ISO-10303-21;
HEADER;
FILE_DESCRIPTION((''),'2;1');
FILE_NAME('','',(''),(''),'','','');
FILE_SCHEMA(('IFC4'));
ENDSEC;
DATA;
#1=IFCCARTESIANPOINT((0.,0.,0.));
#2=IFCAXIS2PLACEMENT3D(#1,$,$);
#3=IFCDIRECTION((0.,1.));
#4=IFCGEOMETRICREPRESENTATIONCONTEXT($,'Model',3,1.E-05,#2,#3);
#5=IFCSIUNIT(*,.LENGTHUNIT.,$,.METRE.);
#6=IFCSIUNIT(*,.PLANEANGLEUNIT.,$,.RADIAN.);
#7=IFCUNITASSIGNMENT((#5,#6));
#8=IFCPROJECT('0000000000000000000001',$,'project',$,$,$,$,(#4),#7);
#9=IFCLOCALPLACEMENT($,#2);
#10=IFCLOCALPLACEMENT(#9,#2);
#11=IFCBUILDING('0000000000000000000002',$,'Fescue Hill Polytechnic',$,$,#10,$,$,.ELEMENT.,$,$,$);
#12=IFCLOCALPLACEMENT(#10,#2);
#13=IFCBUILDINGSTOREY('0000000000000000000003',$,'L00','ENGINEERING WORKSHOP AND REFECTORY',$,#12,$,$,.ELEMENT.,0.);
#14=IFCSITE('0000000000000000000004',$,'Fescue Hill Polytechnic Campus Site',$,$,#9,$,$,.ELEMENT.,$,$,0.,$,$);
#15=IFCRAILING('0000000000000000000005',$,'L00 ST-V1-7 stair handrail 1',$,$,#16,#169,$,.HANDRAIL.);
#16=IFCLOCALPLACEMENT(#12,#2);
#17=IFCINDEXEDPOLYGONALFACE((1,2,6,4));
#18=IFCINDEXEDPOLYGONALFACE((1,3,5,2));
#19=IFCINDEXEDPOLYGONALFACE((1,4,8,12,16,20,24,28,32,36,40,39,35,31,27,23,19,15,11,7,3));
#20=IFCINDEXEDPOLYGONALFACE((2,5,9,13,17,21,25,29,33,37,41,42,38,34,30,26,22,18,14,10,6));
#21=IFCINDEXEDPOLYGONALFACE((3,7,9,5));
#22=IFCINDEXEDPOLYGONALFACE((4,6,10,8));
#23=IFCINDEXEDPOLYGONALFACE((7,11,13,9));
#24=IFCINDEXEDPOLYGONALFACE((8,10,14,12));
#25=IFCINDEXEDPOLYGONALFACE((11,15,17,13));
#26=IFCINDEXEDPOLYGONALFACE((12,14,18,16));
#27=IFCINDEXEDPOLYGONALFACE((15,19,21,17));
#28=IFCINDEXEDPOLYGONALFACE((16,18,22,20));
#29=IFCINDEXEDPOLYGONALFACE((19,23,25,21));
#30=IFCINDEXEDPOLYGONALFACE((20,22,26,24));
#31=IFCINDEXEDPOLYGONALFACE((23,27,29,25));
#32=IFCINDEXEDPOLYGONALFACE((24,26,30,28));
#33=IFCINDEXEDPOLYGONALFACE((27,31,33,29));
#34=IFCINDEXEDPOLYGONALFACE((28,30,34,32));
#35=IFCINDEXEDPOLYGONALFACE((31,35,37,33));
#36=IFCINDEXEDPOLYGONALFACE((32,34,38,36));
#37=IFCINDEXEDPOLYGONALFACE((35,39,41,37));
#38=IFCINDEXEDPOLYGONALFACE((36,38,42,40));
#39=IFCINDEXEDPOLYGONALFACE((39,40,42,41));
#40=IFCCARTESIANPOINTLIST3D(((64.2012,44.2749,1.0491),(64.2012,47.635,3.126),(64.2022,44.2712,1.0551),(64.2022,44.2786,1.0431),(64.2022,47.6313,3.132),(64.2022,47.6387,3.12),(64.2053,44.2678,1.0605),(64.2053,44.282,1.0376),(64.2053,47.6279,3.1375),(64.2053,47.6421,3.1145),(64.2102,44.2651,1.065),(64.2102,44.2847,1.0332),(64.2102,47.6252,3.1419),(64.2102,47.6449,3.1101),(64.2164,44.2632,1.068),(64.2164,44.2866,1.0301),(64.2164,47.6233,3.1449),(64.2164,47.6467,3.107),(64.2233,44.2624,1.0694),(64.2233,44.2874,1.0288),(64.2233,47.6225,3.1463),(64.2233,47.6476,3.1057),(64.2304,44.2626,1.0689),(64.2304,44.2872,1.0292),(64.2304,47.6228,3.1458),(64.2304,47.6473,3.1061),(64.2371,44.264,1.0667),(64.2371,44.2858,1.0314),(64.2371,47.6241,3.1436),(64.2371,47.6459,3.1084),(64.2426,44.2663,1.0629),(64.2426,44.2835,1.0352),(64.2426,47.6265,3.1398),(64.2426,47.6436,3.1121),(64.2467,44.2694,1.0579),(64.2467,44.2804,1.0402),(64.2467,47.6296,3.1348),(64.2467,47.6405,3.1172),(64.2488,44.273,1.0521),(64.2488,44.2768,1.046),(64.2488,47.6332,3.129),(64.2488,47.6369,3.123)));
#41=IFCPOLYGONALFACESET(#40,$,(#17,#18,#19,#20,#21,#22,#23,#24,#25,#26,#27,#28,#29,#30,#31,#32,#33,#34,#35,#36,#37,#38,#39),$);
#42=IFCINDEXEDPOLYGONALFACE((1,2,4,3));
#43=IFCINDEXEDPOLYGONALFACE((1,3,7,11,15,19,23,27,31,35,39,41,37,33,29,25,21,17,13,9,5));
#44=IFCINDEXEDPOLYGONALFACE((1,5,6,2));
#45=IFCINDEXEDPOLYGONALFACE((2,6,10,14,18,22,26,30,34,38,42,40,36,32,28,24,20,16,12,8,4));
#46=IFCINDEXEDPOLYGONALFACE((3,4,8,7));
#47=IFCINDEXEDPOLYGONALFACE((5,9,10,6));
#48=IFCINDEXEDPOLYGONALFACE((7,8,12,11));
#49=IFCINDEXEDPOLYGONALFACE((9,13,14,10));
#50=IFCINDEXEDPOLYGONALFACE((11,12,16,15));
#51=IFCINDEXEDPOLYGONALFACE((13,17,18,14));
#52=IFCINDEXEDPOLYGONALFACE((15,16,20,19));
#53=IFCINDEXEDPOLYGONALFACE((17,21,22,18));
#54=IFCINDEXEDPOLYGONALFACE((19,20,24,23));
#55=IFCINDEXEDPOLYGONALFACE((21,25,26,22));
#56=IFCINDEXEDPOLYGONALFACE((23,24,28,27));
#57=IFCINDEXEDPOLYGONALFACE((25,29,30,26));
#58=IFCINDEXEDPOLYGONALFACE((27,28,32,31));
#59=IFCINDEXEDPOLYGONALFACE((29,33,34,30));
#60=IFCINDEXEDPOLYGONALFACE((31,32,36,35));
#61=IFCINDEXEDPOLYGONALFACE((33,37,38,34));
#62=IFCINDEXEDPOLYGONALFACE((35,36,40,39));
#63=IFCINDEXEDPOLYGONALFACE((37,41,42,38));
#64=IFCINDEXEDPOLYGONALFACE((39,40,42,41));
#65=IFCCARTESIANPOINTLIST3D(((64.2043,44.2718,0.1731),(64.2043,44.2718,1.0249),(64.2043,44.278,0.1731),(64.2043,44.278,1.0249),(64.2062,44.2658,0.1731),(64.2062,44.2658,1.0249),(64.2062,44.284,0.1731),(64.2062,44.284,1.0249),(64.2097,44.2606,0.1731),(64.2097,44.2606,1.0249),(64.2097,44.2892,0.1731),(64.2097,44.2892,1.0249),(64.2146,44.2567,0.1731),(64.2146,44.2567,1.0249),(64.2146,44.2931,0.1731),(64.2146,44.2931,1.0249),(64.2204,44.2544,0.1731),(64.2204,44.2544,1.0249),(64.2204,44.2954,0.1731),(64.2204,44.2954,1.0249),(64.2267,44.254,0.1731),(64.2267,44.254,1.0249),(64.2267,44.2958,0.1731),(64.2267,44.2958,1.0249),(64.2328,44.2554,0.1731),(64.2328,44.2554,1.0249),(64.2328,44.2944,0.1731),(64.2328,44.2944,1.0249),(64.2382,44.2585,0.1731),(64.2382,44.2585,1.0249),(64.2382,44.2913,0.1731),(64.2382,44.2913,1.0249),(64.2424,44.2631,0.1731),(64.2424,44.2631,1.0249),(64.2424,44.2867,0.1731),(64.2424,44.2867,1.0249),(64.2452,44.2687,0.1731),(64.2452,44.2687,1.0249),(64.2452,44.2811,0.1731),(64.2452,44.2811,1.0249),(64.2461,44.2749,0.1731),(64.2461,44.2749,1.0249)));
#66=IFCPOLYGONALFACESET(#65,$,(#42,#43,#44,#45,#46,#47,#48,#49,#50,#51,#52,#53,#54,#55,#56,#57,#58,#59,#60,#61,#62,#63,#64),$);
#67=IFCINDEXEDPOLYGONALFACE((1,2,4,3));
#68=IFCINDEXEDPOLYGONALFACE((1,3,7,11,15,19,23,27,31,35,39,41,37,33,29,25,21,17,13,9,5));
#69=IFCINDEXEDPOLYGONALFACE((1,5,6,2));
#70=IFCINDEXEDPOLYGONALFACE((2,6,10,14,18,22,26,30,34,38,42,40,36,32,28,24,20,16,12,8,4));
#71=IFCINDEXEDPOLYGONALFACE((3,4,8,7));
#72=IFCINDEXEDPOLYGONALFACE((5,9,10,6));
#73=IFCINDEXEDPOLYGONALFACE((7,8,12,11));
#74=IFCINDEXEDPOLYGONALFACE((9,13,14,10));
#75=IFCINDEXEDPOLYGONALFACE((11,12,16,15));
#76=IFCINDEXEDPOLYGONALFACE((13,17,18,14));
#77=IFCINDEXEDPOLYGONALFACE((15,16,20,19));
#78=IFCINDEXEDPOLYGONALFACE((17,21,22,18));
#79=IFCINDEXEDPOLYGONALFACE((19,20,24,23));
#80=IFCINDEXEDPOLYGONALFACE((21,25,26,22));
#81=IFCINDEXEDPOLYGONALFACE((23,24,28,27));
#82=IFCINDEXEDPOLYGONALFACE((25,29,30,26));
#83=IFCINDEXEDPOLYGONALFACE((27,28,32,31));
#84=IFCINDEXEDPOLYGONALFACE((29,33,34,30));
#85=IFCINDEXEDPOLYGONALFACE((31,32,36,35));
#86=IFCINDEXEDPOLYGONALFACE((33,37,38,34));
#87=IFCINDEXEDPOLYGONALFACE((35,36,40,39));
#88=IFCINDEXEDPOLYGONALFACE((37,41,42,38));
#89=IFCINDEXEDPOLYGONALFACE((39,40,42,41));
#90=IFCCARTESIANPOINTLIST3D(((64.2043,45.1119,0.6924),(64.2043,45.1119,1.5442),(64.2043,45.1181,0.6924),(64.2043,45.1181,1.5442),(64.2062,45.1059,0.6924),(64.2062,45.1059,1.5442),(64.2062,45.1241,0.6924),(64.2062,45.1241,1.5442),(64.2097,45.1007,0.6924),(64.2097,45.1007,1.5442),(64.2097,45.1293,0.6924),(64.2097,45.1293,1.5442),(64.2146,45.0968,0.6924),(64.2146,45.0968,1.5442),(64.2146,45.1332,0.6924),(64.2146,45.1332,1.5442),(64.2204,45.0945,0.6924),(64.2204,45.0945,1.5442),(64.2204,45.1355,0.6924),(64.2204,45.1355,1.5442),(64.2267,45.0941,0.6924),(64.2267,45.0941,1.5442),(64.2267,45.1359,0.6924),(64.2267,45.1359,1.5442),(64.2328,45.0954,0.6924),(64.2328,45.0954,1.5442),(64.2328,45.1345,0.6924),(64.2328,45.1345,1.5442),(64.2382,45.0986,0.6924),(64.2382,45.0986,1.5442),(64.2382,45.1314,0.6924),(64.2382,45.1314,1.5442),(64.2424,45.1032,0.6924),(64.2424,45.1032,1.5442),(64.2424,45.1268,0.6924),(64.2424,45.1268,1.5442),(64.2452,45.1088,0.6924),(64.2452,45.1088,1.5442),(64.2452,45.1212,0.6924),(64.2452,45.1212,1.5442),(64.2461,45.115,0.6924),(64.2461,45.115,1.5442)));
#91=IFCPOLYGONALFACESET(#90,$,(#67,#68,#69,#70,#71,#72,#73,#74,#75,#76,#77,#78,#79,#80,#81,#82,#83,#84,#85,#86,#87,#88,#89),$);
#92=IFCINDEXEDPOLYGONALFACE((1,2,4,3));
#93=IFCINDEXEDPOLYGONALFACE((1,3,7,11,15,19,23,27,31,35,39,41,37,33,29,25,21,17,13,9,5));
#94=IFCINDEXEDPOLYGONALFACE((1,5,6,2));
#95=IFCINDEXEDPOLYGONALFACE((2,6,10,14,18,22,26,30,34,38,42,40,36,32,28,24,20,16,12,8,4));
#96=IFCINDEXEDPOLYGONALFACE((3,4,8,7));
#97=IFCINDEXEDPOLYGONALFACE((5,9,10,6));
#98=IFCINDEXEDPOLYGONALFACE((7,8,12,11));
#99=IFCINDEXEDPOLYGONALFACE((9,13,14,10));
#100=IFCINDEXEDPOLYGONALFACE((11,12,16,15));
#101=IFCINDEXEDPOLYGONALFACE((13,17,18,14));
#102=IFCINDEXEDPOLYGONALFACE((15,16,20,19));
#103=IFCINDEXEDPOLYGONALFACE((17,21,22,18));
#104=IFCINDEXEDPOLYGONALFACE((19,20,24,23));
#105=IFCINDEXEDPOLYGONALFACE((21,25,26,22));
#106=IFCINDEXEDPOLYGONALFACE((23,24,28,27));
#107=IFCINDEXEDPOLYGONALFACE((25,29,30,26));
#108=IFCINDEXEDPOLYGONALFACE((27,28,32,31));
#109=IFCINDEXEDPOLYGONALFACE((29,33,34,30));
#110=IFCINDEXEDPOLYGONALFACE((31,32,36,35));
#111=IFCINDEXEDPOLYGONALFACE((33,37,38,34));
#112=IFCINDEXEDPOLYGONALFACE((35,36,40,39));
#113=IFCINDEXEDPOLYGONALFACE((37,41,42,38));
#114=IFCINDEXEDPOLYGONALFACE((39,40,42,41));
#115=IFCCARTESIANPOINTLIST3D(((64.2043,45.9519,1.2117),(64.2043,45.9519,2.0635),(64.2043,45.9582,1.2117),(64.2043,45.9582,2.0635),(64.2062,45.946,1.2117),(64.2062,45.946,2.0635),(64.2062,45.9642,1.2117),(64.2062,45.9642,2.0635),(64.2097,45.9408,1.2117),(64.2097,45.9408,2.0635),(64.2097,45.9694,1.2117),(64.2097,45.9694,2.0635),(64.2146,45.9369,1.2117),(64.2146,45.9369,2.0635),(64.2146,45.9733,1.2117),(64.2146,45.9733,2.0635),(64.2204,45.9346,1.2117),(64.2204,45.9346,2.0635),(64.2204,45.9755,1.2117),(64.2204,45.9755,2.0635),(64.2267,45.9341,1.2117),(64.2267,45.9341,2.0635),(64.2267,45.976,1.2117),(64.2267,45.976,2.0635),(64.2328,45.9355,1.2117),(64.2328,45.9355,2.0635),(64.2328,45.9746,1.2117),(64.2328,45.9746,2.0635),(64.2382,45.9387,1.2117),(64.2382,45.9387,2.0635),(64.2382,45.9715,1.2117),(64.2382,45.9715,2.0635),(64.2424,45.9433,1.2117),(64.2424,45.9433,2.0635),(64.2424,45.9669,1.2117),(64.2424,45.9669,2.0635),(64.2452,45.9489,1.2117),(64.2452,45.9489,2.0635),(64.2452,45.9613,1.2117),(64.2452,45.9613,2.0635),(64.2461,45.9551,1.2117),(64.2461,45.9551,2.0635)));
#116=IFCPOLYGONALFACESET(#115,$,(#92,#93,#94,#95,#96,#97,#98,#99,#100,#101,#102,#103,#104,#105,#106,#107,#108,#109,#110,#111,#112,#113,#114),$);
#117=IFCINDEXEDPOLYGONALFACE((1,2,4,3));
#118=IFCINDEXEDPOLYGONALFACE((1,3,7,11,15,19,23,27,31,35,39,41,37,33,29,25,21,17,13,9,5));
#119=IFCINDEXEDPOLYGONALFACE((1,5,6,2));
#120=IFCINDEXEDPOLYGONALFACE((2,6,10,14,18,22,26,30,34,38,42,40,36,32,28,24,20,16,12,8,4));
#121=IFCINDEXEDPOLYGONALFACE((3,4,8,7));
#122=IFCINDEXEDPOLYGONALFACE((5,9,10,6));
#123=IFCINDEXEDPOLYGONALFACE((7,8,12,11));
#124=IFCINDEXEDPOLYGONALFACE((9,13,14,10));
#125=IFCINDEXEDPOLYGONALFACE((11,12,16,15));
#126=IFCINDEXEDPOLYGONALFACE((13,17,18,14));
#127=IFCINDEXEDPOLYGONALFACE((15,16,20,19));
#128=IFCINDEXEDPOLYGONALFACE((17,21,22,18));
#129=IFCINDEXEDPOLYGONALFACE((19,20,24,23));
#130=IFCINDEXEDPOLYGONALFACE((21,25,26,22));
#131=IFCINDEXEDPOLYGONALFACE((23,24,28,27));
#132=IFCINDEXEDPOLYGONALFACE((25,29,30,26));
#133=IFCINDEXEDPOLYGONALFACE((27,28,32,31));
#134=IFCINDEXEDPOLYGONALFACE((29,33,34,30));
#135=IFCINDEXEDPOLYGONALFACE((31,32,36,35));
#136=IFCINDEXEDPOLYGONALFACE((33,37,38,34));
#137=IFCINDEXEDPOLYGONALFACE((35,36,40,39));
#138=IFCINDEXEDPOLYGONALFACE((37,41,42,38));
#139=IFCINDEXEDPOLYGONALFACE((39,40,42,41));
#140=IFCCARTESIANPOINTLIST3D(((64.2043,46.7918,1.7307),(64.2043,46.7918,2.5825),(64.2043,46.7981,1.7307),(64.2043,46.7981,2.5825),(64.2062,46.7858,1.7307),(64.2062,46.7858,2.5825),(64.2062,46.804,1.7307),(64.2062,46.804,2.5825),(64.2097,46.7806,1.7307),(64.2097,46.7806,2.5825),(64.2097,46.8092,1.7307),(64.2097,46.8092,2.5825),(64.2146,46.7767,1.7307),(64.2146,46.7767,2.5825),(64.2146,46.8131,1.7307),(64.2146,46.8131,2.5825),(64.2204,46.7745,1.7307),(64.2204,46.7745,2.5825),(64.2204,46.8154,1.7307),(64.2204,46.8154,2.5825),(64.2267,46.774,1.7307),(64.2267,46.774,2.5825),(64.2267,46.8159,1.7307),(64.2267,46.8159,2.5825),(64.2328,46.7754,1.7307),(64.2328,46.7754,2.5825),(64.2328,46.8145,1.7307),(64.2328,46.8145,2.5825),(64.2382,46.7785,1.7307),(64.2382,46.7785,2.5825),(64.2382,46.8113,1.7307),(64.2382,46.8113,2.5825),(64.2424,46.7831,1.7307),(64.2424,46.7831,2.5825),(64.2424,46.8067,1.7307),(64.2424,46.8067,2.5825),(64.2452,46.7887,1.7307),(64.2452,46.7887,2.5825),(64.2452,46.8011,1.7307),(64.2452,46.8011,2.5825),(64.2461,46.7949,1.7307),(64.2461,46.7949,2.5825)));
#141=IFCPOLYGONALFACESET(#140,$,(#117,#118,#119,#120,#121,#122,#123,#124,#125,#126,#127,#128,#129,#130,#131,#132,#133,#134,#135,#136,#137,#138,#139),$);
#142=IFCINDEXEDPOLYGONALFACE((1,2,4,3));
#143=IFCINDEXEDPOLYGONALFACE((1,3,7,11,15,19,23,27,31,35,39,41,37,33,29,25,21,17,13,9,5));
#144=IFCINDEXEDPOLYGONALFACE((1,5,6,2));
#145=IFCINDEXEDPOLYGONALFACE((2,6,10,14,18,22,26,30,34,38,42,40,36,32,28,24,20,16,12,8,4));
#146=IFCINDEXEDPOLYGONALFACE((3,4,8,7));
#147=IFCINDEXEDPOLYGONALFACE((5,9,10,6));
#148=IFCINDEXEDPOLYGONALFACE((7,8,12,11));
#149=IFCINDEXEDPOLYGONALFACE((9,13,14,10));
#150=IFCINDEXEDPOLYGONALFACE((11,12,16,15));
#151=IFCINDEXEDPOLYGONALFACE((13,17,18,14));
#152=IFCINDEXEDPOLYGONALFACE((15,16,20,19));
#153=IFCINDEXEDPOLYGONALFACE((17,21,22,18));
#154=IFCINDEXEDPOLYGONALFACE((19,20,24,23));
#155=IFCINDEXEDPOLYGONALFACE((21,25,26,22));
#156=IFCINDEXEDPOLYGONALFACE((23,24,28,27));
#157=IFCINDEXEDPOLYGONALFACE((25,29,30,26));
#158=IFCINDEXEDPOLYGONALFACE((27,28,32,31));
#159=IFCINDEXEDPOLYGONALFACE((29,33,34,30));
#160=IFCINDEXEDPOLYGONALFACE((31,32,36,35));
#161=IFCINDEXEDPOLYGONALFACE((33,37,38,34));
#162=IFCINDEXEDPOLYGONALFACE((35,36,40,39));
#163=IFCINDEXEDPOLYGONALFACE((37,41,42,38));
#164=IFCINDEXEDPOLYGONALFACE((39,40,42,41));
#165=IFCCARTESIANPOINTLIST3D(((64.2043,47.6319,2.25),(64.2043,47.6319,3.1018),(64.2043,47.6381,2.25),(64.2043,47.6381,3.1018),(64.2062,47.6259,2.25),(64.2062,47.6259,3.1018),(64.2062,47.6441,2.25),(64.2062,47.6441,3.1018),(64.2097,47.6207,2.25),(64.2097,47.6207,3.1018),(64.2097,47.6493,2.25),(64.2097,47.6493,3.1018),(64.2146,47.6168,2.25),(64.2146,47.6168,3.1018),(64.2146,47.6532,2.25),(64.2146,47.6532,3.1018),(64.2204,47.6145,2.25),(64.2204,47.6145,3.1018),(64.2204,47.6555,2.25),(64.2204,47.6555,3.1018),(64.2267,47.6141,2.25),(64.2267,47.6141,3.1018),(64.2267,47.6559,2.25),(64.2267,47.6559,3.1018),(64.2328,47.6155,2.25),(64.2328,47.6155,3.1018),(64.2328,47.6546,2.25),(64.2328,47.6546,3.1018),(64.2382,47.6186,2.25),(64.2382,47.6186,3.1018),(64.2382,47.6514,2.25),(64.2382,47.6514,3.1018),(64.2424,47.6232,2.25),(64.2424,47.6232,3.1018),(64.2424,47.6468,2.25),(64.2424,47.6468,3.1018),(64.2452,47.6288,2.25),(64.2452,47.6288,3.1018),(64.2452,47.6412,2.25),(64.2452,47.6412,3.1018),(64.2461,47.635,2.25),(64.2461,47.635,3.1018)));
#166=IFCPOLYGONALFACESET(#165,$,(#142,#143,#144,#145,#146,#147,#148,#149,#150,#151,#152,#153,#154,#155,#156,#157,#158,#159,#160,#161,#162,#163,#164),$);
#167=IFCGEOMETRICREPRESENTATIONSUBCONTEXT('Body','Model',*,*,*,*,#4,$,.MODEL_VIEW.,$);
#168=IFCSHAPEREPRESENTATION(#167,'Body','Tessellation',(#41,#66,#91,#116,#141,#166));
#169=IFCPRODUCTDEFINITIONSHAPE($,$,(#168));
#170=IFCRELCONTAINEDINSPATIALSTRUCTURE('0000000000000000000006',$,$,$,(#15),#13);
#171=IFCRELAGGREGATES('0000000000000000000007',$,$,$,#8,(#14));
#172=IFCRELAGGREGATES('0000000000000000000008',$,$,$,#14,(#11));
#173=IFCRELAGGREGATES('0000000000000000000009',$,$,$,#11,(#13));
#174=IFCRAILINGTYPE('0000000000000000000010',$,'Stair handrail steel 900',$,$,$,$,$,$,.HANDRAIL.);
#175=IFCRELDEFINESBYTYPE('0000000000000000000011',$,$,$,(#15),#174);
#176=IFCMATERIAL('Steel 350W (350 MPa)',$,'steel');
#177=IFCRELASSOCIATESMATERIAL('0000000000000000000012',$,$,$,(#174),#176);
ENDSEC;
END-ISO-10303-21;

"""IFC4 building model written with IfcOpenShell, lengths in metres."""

from ifc_helpers import new_model, si_unit, direction, frame, origin, origin_2d, place, context, subcontext, project, spatial, circle, extrude, material, type_object, element, save


model = new_model("IFC4")

# Units and contexts
model_context = context("Model", 3, precision=1e-05, world=origin(), true_north=direction((0.0, 1.0)))
body_context = subcontext(model_context, "Body", "Model", "MODEL_VIEW")
ifc_project = project(units=[si_unit("LENGTHUNIT", "METRE"), si_unit("PLANEANGLEUNIT", "RADIAN")], contexts=[model_context])

# Site, building, storey
site_placement = place(None, origin())
site = spatial("IfcSite", under=ifc_project, at=site_placement, Name="Fescue Hill Polytechnic Campus Site", CompositionType="ELEMENT", RefElevation=0.0)
building_placement = place(site_placement, origin())
building = spatial("IfcBuilding", under=site, at=building_placement, Name="Fescue Hill Polytechnic", CompositionType="ELEMENT")
storey_placement = place(building_placement, origin())
storey = spatial("IfcBuildingStorey", under=building, at=storey_placement, Name="L00", Description="ENGINEERING WORKSHOP AND REFECTORY", CompositionType="ELEMENT", Elevation=0.0)

# Railing
ifc_material_1 = material(Name="Steel 350W (350 MPa)", Category="steel")
railing_type_1 = type_object("IfcRailingType", Name="Stair handrail steel 900", PredefinedType="HANDRAIL", material=ifc_material_1)
for number, where, name in (
    (1, (64.2251, 44.2749, 0.1731), "L00 ST-V1-7 stair handrail 1"),
):
    element("IfcRailing", number, at=place(storey_placement, frame(where)), inside=storey, type_object=railing_type_1, Name=name, PredefinedType="HANDRAIL", context=body_context, shape_type="SweptSolid", body=[
        extrude(circle(Radius=0.0239, at=origin_2d()), frame((0.0, 0.0, 0.876), z_axis=(0.0, 0.850623, 0.525776), x_axis=(-1.0, 0.0, 0.0)), (0.0, 0.0, 1.0), 3.9502),
        extrude(circle(Radius=0.021, at=origin_2d()), origin(), (0.0, 0.0, 1.0), 0.8518),
        extrude(circle(Radius=0.021, at=origin_2d()), frame((0.0, 0.8401, 0.5193)), (0.0, 0.0, 1.0), 0.8518),
        extrude(circle(Radius=0.021, at=origin_2d()), frame((0.0, 1.6802, 1.0386)), (0.0, 0.0, 1.0), 0.8518),
        extrude(circle(Radius=0.021, at=origin_2d()), frame((0.0, 2.52, 1.5576)), (0.0, 0.0, 1.0), 0.8518),
        extrude(circle(Radius=0.021, at=origin_2d()), frame((0.0, 3.3601, 2.0769)), (0.0, 0.0, 1.0), 0.8518),
    ])

save(model, "model.ifc")
